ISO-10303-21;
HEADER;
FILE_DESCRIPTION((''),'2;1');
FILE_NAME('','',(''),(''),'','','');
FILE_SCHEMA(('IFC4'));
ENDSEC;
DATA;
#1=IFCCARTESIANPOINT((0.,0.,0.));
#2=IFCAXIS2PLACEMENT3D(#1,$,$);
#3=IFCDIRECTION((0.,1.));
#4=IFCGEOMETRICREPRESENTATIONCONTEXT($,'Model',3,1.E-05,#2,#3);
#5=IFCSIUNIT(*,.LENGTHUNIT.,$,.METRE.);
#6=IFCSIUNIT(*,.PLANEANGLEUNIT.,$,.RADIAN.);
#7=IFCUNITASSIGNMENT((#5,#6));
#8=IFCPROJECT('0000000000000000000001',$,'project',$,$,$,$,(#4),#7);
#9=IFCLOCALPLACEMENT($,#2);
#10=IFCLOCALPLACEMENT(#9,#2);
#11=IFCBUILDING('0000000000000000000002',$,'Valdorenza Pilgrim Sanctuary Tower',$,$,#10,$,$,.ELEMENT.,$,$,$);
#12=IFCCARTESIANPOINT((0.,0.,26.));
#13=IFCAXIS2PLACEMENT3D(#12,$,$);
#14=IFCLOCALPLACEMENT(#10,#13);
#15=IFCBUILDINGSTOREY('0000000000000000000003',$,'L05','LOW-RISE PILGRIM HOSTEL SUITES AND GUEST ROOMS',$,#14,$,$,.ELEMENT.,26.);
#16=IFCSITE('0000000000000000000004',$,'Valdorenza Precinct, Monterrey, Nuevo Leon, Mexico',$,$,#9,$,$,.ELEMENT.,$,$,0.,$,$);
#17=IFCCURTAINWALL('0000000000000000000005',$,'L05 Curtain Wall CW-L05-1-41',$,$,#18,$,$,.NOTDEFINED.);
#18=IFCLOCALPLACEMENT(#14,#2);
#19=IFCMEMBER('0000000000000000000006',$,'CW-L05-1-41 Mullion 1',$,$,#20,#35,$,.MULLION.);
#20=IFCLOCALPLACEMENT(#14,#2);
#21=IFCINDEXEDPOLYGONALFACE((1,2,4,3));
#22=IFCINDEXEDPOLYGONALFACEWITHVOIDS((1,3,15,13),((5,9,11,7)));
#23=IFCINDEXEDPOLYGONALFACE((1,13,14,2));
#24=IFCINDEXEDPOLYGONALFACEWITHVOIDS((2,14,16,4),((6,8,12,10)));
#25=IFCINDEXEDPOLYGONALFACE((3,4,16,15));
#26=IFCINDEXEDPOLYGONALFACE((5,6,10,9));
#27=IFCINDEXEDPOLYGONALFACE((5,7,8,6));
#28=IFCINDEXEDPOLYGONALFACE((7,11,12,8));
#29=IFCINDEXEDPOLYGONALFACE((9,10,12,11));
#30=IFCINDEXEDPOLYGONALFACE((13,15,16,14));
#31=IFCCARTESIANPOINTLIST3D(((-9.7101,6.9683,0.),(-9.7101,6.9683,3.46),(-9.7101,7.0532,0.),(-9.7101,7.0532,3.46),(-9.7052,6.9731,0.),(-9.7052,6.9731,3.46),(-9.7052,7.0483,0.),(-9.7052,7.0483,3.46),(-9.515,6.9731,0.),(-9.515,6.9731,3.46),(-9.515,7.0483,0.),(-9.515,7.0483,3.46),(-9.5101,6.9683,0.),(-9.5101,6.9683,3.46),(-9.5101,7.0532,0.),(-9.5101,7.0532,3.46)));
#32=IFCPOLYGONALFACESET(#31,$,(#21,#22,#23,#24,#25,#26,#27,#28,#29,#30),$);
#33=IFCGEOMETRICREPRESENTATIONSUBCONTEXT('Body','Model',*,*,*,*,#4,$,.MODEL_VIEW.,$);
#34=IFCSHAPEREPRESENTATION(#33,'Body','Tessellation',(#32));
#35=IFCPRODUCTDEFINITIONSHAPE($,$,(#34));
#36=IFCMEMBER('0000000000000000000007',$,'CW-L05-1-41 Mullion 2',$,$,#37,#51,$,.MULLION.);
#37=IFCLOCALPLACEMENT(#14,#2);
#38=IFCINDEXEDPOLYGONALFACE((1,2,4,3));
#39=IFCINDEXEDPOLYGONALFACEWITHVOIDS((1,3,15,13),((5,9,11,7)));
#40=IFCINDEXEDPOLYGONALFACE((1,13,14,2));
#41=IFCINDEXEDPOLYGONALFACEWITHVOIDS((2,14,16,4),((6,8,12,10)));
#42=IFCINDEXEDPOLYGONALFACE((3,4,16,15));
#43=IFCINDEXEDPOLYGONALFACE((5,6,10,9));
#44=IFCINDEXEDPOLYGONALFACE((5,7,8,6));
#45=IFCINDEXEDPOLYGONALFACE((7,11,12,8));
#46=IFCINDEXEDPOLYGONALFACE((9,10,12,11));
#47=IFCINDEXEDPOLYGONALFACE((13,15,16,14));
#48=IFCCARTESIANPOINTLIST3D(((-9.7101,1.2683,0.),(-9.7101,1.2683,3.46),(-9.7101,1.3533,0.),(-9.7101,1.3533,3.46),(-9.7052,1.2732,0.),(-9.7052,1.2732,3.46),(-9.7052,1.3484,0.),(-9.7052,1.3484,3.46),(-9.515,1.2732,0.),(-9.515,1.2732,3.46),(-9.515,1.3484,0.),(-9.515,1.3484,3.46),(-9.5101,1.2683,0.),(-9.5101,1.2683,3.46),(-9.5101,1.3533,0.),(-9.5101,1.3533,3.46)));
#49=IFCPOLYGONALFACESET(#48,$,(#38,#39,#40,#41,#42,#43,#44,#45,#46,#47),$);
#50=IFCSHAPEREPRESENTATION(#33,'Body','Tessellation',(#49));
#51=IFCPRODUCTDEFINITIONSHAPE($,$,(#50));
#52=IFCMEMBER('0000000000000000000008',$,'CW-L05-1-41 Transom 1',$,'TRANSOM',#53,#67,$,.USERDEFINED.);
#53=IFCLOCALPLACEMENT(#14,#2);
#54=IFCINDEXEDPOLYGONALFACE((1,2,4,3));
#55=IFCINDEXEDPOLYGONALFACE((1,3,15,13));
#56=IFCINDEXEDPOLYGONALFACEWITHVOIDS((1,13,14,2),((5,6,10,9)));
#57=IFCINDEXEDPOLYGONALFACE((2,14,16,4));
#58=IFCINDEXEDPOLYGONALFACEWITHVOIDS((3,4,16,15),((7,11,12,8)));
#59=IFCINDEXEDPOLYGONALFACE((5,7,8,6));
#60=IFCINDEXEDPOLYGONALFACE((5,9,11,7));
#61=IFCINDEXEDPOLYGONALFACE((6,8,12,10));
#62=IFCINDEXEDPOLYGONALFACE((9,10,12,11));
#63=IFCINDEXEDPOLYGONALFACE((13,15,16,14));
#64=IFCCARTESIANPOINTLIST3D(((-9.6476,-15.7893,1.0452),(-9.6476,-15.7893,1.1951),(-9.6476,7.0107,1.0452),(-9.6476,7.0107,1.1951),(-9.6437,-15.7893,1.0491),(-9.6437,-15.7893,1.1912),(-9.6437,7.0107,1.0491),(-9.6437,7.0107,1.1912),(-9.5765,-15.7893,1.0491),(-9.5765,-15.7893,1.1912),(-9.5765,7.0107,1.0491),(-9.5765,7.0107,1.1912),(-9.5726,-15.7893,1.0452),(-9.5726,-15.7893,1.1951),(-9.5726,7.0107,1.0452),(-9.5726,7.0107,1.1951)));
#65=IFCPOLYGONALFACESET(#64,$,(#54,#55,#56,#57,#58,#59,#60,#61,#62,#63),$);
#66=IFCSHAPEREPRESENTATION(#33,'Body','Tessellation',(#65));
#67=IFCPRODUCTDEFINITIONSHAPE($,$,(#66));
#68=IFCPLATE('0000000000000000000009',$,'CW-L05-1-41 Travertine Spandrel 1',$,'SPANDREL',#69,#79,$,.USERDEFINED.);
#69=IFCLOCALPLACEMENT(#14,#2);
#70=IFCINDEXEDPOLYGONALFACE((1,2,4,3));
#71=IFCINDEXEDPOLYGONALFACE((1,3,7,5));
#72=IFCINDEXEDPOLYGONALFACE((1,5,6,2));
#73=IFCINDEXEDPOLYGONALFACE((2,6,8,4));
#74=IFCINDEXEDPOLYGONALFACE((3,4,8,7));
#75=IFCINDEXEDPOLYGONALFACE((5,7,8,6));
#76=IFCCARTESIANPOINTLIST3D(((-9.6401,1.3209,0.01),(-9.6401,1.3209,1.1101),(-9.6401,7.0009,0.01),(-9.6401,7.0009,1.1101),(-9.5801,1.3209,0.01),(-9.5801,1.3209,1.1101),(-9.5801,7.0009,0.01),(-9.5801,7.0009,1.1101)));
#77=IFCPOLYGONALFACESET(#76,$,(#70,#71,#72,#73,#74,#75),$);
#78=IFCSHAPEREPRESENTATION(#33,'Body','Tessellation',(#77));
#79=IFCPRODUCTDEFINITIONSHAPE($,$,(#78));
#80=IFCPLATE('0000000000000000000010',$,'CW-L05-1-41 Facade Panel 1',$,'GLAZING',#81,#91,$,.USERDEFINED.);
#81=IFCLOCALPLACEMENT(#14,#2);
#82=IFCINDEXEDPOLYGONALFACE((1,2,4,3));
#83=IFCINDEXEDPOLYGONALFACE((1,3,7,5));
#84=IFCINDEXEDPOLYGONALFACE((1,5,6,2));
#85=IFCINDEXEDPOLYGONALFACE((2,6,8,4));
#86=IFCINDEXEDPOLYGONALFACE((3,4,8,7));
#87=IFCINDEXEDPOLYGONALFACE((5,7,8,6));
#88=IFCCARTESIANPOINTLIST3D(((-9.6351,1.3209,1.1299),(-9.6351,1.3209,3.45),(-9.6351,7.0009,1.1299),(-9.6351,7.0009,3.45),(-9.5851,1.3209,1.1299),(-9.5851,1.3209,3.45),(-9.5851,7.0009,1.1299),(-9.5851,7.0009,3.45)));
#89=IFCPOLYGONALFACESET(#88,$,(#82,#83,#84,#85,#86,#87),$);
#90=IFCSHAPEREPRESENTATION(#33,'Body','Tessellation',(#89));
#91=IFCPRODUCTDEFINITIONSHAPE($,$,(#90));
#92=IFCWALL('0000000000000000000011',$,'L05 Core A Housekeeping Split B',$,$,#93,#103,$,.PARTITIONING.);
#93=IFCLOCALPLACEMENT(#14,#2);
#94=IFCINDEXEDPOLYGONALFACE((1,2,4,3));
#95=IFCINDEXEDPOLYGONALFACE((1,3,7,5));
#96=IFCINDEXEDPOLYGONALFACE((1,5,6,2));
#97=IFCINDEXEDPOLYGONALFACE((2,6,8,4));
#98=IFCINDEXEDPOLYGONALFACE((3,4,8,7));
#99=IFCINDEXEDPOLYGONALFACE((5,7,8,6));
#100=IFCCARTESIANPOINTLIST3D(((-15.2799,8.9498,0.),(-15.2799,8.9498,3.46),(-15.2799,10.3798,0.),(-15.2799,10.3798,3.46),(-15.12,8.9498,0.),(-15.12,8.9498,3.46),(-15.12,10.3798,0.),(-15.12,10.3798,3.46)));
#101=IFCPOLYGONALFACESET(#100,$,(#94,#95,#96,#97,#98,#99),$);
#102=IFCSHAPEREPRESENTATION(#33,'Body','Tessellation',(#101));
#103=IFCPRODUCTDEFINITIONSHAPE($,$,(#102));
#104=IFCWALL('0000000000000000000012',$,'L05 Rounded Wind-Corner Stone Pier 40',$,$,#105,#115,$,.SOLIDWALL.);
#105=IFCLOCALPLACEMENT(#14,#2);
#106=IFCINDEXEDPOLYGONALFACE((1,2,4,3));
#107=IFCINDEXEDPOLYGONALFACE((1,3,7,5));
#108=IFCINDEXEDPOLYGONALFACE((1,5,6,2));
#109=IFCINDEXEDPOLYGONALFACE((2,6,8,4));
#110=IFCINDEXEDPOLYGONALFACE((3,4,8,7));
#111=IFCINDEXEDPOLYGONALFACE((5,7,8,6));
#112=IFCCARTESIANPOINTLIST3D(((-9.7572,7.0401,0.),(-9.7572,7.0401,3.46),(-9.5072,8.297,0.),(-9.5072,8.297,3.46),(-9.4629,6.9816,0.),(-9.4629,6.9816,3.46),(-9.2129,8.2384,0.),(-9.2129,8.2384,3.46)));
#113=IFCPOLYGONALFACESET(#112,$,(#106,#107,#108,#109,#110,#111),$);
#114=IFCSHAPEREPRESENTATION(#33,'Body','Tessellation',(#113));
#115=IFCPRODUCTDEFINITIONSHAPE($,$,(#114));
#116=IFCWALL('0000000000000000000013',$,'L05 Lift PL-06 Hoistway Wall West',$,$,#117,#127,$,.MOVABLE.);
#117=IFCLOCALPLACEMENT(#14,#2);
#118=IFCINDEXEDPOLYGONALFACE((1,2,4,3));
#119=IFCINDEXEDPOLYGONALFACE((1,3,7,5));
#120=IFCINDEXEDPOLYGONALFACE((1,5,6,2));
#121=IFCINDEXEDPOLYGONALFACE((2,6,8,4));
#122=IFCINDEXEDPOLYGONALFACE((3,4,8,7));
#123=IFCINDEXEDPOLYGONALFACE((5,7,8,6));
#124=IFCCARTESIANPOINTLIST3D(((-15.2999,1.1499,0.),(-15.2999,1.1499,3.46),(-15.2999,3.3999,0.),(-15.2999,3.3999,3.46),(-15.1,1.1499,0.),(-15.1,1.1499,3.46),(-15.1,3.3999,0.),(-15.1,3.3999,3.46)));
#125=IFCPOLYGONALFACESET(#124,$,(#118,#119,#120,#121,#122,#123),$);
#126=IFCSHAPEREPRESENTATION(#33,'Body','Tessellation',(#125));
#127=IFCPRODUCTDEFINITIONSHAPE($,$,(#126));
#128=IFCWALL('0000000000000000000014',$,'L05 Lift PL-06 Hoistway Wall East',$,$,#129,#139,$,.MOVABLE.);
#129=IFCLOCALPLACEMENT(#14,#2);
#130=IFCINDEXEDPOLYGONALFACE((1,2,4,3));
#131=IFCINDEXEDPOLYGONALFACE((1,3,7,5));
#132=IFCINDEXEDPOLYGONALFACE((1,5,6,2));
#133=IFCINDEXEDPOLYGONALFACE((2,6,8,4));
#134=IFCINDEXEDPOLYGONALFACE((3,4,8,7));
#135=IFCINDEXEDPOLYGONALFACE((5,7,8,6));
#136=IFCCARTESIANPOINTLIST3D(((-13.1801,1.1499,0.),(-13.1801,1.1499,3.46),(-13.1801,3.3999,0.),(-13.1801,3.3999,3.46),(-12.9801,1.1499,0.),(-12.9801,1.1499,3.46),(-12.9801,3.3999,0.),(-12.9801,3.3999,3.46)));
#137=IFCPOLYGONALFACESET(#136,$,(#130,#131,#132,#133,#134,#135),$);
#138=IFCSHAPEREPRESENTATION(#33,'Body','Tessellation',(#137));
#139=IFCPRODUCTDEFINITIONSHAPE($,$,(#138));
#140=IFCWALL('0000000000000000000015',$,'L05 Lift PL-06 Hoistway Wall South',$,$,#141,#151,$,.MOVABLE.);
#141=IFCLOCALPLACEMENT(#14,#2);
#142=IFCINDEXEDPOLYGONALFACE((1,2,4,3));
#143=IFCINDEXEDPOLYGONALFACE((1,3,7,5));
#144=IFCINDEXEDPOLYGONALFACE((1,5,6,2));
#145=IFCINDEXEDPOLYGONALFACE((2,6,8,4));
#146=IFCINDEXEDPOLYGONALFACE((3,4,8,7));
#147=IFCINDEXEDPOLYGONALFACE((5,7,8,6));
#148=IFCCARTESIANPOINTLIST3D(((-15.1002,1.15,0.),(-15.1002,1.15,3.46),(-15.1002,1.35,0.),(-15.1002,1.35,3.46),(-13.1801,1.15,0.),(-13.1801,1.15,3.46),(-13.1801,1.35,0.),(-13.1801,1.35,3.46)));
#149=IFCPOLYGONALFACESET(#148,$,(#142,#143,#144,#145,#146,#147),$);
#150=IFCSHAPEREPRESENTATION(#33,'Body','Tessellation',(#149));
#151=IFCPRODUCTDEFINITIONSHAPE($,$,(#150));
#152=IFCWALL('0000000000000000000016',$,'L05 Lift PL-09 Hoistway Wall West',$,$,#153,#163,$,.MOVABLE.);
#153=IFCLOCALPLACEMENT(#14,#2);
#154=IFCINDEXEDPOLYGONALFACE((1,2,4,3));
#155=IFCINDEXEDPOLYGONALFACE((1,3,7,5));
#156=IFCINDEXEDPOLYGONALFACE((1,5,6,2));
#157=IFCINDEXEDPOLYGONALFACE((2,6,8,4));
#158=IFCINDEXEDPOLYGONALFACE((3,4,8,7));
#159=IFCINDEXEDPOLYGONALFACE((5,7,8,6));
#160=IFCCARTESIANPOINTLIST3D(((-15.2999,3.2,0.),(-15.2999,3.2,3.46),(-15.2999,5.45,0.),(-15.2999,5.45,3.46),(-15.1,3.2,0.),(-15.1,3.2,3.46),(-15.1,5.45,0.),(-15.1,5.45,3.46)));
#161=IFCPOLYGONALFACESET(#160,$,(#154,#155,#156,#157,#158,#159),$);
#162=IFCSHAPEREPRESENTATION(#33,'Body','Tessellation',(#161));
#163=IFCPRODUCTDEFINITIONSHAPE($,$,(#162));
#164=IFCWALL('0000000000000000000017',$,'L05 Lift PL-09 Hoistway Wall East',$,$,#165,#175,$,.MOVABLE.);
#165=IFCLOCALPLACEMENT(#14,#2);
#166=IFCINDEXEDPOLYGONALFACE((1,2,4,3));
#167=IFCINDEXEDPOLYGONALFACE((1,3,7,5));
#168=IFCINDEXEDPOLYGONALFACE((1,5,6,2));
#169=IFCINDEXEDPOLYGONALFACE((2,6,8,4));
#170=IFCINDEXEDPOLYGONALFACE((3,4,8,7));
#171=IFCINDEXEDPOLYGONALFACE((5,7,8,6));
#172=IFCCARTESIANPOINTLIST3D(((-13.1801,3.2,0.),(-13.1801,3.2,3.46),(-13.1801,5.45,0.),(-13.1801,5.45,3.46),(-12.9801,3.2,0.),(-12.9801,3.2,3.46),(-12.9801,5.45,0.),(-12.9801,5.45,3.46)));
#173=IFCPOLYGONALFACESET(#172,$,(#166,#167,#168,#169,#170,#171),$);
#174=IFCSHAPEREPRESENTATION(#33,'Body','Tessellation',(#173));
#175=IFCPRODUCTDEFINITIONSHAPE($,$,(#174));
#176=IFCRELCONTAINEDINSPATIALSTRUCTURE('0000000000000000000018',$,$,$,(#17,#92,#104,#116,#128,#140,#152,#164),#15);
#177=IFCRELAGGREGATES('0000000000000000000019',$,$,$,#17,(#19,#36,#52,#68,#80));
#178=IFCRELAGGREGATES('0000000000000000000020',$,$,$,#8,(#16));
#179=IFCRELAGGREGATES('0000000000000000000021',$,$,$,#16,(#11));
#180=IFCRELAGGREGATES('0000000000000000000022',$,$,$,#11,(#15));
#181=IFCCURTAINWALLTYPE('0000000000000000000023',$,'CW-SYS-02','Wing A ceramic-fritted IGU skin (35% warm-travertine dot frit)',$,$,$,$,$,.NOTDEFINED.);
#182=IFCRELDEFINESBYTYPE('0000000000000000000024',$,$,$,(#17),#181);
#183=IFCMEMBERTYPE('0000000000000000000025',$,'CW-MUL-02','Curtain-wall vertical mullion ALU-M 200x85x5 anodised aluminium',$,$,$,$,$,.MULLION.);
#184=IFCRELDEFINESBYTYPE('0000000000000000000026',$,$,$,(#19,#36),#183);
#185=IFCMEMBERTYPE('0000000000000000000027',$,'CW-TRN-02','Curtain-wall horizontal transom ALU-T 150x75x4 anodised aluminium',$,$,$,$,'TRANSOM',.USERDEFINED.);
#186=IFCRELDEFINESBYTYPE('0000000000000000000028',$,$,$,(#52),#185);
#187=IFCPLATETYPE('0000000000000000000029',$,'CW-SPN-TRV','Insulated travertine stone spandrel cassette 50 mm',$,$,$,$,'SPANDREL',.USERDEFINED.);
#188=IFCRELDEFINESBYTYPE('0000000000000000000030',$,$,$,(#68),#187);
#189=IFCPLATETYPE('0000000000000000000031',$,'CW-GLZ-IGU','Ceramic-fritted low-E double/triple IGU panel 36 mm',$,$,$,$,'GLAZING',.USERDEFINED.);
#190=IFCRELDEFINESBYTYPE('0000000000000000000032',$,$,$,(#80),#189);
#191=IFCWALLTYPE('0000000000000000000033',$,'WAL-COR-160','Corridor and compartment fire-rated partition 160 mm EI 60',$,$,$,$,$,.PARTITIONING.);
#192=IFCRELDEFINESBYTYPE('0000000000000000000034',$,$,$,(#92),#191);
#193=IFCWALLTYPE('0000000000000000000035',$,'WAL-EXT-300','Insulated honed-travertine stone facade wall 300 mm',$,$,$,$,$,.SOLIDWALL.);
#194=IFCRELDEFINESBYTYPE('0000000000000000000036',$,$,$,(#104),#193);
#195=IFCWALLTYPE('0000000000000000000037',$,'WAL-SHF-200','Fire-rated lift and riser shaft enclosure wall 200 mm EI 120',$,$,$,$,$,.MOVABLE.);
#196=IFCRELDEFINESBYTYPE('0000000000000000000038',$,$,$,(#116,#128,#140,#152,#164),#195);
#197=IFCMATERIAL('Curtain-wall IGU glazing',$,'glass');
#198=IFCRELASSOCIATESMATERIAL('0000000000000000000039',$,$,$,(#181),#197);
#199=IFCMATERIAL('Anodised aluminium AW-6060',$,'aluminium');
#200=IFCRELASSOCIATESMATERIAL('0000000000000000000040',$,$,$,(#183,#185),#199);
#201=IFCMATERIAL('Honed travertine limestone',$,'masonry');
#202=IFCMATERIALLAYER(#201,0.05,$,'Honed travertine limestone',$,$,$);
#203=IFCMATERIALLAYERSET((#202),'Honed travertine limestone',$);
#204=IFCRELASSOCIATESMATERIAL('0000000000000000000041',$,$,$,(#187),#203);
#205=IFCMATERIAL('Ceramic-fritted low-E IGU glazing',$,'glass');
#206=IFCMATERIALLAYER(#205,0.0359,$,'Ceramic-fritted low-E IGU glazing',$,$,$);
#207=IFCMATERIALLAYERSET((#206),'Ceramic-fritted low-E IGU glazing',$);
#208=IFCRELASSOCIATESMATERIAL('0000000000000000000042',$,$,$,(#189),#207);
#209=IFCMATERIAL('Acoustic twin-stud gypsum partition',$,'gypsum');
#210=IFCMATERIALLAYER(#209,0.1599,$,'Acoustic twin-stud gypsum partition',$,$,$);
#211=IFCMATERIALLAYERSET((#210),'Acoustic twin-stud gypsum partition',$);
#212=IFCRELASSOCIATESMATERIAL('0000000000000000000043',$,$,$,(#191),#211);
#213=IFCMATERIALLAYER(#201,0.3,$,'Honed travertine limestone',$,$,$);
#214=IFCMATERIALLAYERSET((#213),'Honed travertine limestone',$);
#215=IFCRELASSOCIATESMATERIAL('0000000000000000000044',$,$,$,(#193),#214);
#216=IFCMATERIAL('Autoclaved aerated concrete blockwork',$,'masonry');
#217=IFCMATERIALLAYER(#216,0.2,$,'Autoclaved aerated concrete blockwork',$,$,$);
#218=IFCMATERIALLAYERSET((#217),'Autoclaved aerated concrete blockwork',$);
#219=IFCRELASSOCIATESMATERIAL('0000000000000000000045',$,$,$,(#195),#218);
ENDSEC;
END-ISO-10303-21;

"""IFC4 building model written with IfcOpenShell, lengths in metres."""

from ifc_helpers import new_model, si_unit, direction, frame, frame_2d, origin, origin_2d, place, context, subcontext, project, spatial, rectangle, hollow_rectangle, extrude, source, transform, mapped, material, layer, layer_set, material_profile, profile_set, type_object, element, aggregate, save


model = new_model("IFC4")

# Units and contexts
model_context = context("Model", 3, precision=1e-05, world=origin(), true_north=direction((0.0, 1.0)))
body_context = subcontext(model_context, "Body", "Model", "MODEL_VIEW")
ifc_project = project(units=[si_unit("LENGTHUNIT", "METRE"), si_unit("PLANEANGLEUNIT", "RADIAN")], contexts=[model_context])

# Site, building, storey
site_placement = place(None, origin())
site = spatial("IfcSite", under=ifc_project, at=site_placement, Name="Valdorenza Precinct, Monterrey, Nuevo Leon, Mexico", CompositionType="ELEMENT", RefElevation=0.0)
building_placement = place(site_placement, origin())
building = spatial("IfcBuilding", under=site, at=building_placement, Name="Valdorenza Pilgrim Sanctuary Tower", CompositionType="ELEMENT")
storey_placement = place(building_placement, frame((0.0, 0.0, 26.0)))
storey = spatial("IfcBuildingStorey", under=building, at=storey_placement, Name="L05", Description="LOW-RISE PILGRIM HOSTEL SUITES AND GUEST ROOMS", CompositionType="ELEMENT", Elevation=26.0)

# Curtain wall, members, plates
ifc_material_1 = material(Name="Curtain-wall IGU glazing", Category="glass")
curtain_wall_type = type_object("IfcCurtainWallType", Name="CW-SYS-02", Description="Wing A ceramic-fritted IGU skin (35% warm-travertine dot frit)", PredefinedType="NOTDEFINED", material=ifc_material_1)
curtain_wall_placement = place(storey_placement, origin())
curtain_wall = element("IfcCurtainWall", 1, at=curtain_wall_placement, inside=storey, type_object=curtain_wall_type, Name="L05 Curtain Wall CW-L05-1-41", PredefinedType="NOTDEFINED")
ifc_material_2 = material(Name="Anodised aluminium AW-6060", Category="aluminium")
ifc_material_profile_1 = material_profile(ifc_material_2, hollow_rectangle(XDim=0.085, YDim=0.2, WallThickness=0.0049, at=origin_2d()), Name="ALU-M 200x85x5")
ifc_profile_set_1 = profile_set([ifc_material_profile_1], Name="Anodised aluminium AW-6060")
member_type_1 = type_object("IfcMemberType", Name="CW-MUL-02", Description="Curtain-wall vertical mullion ALU-M 200x85x5 anodised aluminium", PredefinedType="MULLION", material=ifc_profile_set_1)
shared_shape_1 = source(origin(), body_context, "Body", "SweptSolid", [
    extrude(hollow_rectangle(XDim=0.085, YDim=0.2, WallThickness=0.0049, at=origin_2d()), origin(), (0.0, 0.0, 1.0), 3.46),
])
member_1_placement = place(storey_placement, frame((-9.6101, 7.0107, 0.0), z_axis=(0.0, 0.0, 1.0), x_axis=(0.0, -1.0, 0.0)))
member_1 = element("IfcMember", 2, at=member_1_placement, type_object=member_type_1, Name="CW-L05-1-41 Mullion 1", PredefinedType="MULLION", context=body_context, shape_type="MappedRepresentation", body=[
    mapped(shared_shape_1, transform((0.0, 0.0, 0.0), x_axis=(1.0, 0.0, 0.0), y_axis=(0.0, 1.0, 0.0), z_axis=(0.0, 0.0, 1.0), scale=1.0)),
])
member_2_placement = place(storey_placement, frame((-9.6101, 1.3108, 0.0), z_axis=(0.0, 0.0, 1.0), x_axis=(0.0, -1.0, 0.0)))
member_2 = element("IfcMember", 3, at=member_2_placement, type_object=member_type_1, Name="CW-L05-1-41 Mullion 2", PredefinedType="MULLION", context=body_context, shape_type="MappedRepresentation", body=[
    mapped(shared_shape_1, transform((0.0, 0.0, 0.0), x_axis=(1.0, 0.0, 0.0), y_axis=(0.0, 1.0, 0.0), z_axis=(0.0, 0.0, 1.0), scale=1.0)),
])
ifc_material_profile_2 = material_profile(ifc_material_2, hollow_rectangle(XDim=0.075, YDim=0.1499, WallThickness=0.0039, at=origin_2d()), Name="ALU-T 150x75x4")
ifc_profile_set_2 = profile_set([ifc_material_profile_2], Name="Anodised aluminium AW-6060")
member_type_2 = type_object("IfcMemberType", Name="CW-TRN-02", Description="Curtain-wall horizontal transom ALU-T 150x75x4 anodised aluminium", ElementType="TRANSOM", PredefinedType="USERDEFINED", material=ifc_profile_set_2)
shared_shape_2 = source(origin(), body_context, "Body", "SweptSolid", [
    extrude(hollow_rectangle(XDim=0.075, YDim=0.1499, WallThickness=0.0039, at=origin_2d()), origin(), (0.0, 0.0, 1.0), 22.8),
])
member_3_placement = place(storey_placement, frame((-9.6101, 7.0107, 1.1201), z_axis=(0.0, -1.0, 0.0), x_axis=(1.0, 0.0, 0.0)))
member_3 = element("IfcMember", 4, at=member_3_placement, type_object=member_type_2, Name="CW-L05-1-41 Transom 1", ObjectType="TRANSOM", PredefinedType="USERDEFINED", context=body_context, shape_type="MappedRepresentation", body=[
    mapped(shared_shape_2, transform((0.0, 0.0, 0.0), x_axis=(1.0, 0.0, 0.0), y_axis=(0.0, 1.0, 0.0), z_axis=(0.0, 0.0, 1.0), scale=1.0)),
])
ifc_material_3 = material(Name="Honed travertine limestone", Category="masonry")
ifc_layer_1 = layer(ifc_material_3, 0.05, Name="Honed travertine limestone")
ifc_layer_set_1 = layer_set([ifc_layer_1], Name="Honed travertine limestone")
plate_type_1 = type_object("IfcPlateType", Name="CW-SPN-TRV", Description="Insulated travertine stone spandrel cassette 50 mm", ElementType="SPANDREL", PredefinedType="USERDEFINED", material=ifc_layer_set_1)
shared_shape_3 = source(origin(), body_context, "Body", "SweptSolid", [
    extrude(rectangle(XDim=5.6799, YDim=0.0601, at=origin_2d()), origin(), (0.0, 0.0, 1.0), 1.1001),
])
plate_1_placement = place(storey_placement, frame((-9.6101, 4.1609, 0.01), z_axis=(0.0, 0.0, 1.0), x_axis=(0.0, -1.0, 0.0)))
plate_1 = element("IfcPlate", 5, at=plate_1_placement, type_object=plate_type_1, Name="CW-L05-1-41 Travertine Spandrel 1", ObjectType="SPANDREL", PredefinedType="USERDEFINED", context=body_context, shape_type="MappedRepresentation", body=[
    mapped(shared_shape_3, transform((0.0, 0.0, 0.0), x_axis=(1.0, 0.0, 0.0), y_axis=(0.0, 1.0, 0.0), z_axis=(0.0, 0.0, 1.0), scale=1.0)),
])
ifc_material_4 = material(Name="Ceramic-fritted low-E IGU glazing", Category="glass")
ifc_layer_2 = layer(ifc_material_4, 0.0359, Name="Ceramic-fritted low-E IGU glazing")
ifc_layer_set_2 = layer_set([ifc_layer_2], Name="Ceramic-fritted low-E IGU glazing")
plate_type_2 = type_object("IfcPlateType", Name="CW-GLZ-IGU", Description="Ceramic-fritted low-E double/triple IGU panel 36 mm", ElementType="GLAZING", PredefinedType="USERDEFINED", material=ifc_layer_set_2)
shared_shape_4 = source(origin(), body_context, "Body", "SweptSolid", [
    extrude(rectangle(XDim=5.6799, YDim=0.05, at=origin_2d()), origin(), (0.0, 0.0, 1.0), 2.3201),
])
plate_2_placement = place(storey_placement, frame((-9.6101, 4.1609, 1.1299), z_axis=(0.0, 0.0, 1.0), x_axis=(0.0, -1.0, 0.0)))
plate_2 = element("IfcPlate", 6, at=plate_2_placement, type_object=plate_type_2, Name="CW-L05-1-41 Facade Panel 1", ObjectType="GLAZING", PredefinedType="USERDEFINED", context=body_context, shape_type="MappedRepresentation", body=[
    mapped(shared_shape_4, transform((0.0, 0.0, 0.0), x_axis=(1.0, 0.0, 0.0), y_axis=(0.0, 1.0, 0.0), z_axis=(0.0, 0.0, 1.0), scale=1.0)),
])
aggregate(curtain_wall, [member_1, member_2, member_3, plate_1, plate_2])

# Walls
ifc_material_5 = material(Name="Acoustic twin-stud gypsum partition", Category="gypsum")
ifc_layer_3 = layer(ifc_material_5, 0.1599, Name="Acoustic twin-stud gypsum partition")
ifc_layer_set_3 = layer_set([ifc_layer_3], Name="Acoustic twin-stud gypsum partition")
wall_type_1 = type_object("IfcWallType", Name="WAL-COR-160", Description="Corridor and compartment fire-rated partition 160 mm EI 60", PredefinedType="PARTITIONING", material=ifc_layer_set_3)
wall_1_placement = place(storey_placement, frame((-15.2, 8.95, 0.0), z_axis=(0.0, 0.0, 1.0), x_axis=(0.0, 1.0, 0.0)))
element("IfcWall", 7, at=wall_1_placement, inside=storey, type_object=wall_type_1, Name="L05 Core A Housekeeping Split B", PredefinedType="PARTITIONING", context=body_context, shape_type="SweptSolid", body=[
    extrude(rectangle(XDim=1.4299, YDim=0.1599, at=frame_2d((0.7148, 0.0))), origin(), (0.0, 0.0, 1.0), 3.46),
])
ifc_layer_4 = layer(ifc_material_3, 0.3, Name="Honed travertine limestone")
ifc_layer_set_4 = layer_set([ifc_layer_4], Name="Honed travertine limestone")
wall_type_2 = type_object("IfcWallType", Name="WAL-EXT-300", Description="Insulated honed-travertine stone facade wall 300 mm", PredefinedType="SOLIDWALL", material=ifc_layer_set_4)
wall_2_placement = place(storey_placement, frame((-9.3601, 8.2676, 0.0), z_axis=(0.0, 0.0, 1.0), x_axis=(-0.19509, -0.980785, 0.0)))
element("IfcWall", 8, at=wall_2_placement, inside=storey, type_object=wall_type_2, Name="L05 Rounded Wind-Corner Stone Pier 40", PredefinedType="SOLIDWALL", context=body_context, shape_type="SweptSolid", body=[
    extrude(rectangle(XDim=1.2815, YDim=0.3, at=frame_2d((0.6406, 0.0))), origin(), (0.0, 0.0, 1.0), 3.46),
])
ifc_material_6 = material(Name="Autoclaved aerated concrete blockwork", Category="masonry")
ifc_layer_5 = layer(ifc_material_6, 0.2, Name="Autoclaved aerated concrete blockwork")
ifc_layer_set_5 = layer_set([ifc_layer_5], Name="Autoclaved aerated concrete blockwork")
wall_type_3 = type_object("IfcWallType", Name="WAL-SHF-200", Description="Fire-rated lift and riser shaft enclosure wall 200 mm EI 120", PredefinedType="MOVABLE", material=ifc_layer_set_5)
for number, where, z_axis, x_axis, name in (
    (9, (-15.2, 1.1499, 0.0), (0.0, 0.0, 1.0), (0.0, 1.0, 0.0), "L05 Lift PL-06 Hoistway Wall West"),
    (10, (-13.0801, 1.1499, 0.0), (0.0, 0.0, 1.0), (0.0, 1.0, 0.0), "L05 Lift PL-06 Hoistway Wall East"),
):
    element("IfcWall", number, at=place(storey_placement, frame(where, z_axis=z_axis, x_axis=x_axis)), inside=storey, type_object=wall_type_3, Name=name, PredefinedType="MOVABLE", context=body_context, shape_type="SweptSolid", body=[
        extrude(rectangle(XDim=2.25, YDim=0.2, at=frame_2d((1.125, 0.0))), origin(), (0.0, 0.0, 1.0), 3.46),
    ])
wall_3_placement = place(storey_placement, frame((-15.1001, 1.25, 0.0), z_axis=(0.0, 0.0, 1.0), x_axis=(1.0, 0.0, 0.0)))
element("IfcWall", 11, at=wall_3_placement, inside=storey, type_object=wall_type_3, Name="L05 Lift PL-06 Hoistway Wall South", PredefinedType="MOVABLE", context=body_context, shape_type="SweptSolid", body=[
    extrude(rectangle(XDim=1.9202, YDim=0.2, at=frame_2d((0.96, 0.0))), origin(), (0.0, 0.0, 1.0), 3.46),
])
for number, where, z_axis, x_axis, name in (
    (12, (-15.2, 3.2, 0.0), (0.0, 0.0, 1.0), (0.0, 1.0, 0.0), "L05 Lift PL-09 Hoistway Wall West"),
    (13, (-13.0801, 3.2, 0.0), (0.0, 0.0, 1.0), (0.0, 1.0, 0.0), "L05 Lift PL-09 Hoistway Wall East"),
):
    element("IfcWall", number, at=place(storey_placement, frame(where, z_axis=z_axis, x_axis=x_axis)), inside=storey, type_object=wall_type_3, Name=name, PredefinedType="MOVABLE", context=body_context, shape_type="SweptSolid", body=[
        extrude(rectangle(XDim=2.25, YDim=0.2, at=frame_2d((1.125, 0.0))), origin(), (0.0, 0.0, 1.0), 3.46),
    ])

save(model, "model.ifc")
